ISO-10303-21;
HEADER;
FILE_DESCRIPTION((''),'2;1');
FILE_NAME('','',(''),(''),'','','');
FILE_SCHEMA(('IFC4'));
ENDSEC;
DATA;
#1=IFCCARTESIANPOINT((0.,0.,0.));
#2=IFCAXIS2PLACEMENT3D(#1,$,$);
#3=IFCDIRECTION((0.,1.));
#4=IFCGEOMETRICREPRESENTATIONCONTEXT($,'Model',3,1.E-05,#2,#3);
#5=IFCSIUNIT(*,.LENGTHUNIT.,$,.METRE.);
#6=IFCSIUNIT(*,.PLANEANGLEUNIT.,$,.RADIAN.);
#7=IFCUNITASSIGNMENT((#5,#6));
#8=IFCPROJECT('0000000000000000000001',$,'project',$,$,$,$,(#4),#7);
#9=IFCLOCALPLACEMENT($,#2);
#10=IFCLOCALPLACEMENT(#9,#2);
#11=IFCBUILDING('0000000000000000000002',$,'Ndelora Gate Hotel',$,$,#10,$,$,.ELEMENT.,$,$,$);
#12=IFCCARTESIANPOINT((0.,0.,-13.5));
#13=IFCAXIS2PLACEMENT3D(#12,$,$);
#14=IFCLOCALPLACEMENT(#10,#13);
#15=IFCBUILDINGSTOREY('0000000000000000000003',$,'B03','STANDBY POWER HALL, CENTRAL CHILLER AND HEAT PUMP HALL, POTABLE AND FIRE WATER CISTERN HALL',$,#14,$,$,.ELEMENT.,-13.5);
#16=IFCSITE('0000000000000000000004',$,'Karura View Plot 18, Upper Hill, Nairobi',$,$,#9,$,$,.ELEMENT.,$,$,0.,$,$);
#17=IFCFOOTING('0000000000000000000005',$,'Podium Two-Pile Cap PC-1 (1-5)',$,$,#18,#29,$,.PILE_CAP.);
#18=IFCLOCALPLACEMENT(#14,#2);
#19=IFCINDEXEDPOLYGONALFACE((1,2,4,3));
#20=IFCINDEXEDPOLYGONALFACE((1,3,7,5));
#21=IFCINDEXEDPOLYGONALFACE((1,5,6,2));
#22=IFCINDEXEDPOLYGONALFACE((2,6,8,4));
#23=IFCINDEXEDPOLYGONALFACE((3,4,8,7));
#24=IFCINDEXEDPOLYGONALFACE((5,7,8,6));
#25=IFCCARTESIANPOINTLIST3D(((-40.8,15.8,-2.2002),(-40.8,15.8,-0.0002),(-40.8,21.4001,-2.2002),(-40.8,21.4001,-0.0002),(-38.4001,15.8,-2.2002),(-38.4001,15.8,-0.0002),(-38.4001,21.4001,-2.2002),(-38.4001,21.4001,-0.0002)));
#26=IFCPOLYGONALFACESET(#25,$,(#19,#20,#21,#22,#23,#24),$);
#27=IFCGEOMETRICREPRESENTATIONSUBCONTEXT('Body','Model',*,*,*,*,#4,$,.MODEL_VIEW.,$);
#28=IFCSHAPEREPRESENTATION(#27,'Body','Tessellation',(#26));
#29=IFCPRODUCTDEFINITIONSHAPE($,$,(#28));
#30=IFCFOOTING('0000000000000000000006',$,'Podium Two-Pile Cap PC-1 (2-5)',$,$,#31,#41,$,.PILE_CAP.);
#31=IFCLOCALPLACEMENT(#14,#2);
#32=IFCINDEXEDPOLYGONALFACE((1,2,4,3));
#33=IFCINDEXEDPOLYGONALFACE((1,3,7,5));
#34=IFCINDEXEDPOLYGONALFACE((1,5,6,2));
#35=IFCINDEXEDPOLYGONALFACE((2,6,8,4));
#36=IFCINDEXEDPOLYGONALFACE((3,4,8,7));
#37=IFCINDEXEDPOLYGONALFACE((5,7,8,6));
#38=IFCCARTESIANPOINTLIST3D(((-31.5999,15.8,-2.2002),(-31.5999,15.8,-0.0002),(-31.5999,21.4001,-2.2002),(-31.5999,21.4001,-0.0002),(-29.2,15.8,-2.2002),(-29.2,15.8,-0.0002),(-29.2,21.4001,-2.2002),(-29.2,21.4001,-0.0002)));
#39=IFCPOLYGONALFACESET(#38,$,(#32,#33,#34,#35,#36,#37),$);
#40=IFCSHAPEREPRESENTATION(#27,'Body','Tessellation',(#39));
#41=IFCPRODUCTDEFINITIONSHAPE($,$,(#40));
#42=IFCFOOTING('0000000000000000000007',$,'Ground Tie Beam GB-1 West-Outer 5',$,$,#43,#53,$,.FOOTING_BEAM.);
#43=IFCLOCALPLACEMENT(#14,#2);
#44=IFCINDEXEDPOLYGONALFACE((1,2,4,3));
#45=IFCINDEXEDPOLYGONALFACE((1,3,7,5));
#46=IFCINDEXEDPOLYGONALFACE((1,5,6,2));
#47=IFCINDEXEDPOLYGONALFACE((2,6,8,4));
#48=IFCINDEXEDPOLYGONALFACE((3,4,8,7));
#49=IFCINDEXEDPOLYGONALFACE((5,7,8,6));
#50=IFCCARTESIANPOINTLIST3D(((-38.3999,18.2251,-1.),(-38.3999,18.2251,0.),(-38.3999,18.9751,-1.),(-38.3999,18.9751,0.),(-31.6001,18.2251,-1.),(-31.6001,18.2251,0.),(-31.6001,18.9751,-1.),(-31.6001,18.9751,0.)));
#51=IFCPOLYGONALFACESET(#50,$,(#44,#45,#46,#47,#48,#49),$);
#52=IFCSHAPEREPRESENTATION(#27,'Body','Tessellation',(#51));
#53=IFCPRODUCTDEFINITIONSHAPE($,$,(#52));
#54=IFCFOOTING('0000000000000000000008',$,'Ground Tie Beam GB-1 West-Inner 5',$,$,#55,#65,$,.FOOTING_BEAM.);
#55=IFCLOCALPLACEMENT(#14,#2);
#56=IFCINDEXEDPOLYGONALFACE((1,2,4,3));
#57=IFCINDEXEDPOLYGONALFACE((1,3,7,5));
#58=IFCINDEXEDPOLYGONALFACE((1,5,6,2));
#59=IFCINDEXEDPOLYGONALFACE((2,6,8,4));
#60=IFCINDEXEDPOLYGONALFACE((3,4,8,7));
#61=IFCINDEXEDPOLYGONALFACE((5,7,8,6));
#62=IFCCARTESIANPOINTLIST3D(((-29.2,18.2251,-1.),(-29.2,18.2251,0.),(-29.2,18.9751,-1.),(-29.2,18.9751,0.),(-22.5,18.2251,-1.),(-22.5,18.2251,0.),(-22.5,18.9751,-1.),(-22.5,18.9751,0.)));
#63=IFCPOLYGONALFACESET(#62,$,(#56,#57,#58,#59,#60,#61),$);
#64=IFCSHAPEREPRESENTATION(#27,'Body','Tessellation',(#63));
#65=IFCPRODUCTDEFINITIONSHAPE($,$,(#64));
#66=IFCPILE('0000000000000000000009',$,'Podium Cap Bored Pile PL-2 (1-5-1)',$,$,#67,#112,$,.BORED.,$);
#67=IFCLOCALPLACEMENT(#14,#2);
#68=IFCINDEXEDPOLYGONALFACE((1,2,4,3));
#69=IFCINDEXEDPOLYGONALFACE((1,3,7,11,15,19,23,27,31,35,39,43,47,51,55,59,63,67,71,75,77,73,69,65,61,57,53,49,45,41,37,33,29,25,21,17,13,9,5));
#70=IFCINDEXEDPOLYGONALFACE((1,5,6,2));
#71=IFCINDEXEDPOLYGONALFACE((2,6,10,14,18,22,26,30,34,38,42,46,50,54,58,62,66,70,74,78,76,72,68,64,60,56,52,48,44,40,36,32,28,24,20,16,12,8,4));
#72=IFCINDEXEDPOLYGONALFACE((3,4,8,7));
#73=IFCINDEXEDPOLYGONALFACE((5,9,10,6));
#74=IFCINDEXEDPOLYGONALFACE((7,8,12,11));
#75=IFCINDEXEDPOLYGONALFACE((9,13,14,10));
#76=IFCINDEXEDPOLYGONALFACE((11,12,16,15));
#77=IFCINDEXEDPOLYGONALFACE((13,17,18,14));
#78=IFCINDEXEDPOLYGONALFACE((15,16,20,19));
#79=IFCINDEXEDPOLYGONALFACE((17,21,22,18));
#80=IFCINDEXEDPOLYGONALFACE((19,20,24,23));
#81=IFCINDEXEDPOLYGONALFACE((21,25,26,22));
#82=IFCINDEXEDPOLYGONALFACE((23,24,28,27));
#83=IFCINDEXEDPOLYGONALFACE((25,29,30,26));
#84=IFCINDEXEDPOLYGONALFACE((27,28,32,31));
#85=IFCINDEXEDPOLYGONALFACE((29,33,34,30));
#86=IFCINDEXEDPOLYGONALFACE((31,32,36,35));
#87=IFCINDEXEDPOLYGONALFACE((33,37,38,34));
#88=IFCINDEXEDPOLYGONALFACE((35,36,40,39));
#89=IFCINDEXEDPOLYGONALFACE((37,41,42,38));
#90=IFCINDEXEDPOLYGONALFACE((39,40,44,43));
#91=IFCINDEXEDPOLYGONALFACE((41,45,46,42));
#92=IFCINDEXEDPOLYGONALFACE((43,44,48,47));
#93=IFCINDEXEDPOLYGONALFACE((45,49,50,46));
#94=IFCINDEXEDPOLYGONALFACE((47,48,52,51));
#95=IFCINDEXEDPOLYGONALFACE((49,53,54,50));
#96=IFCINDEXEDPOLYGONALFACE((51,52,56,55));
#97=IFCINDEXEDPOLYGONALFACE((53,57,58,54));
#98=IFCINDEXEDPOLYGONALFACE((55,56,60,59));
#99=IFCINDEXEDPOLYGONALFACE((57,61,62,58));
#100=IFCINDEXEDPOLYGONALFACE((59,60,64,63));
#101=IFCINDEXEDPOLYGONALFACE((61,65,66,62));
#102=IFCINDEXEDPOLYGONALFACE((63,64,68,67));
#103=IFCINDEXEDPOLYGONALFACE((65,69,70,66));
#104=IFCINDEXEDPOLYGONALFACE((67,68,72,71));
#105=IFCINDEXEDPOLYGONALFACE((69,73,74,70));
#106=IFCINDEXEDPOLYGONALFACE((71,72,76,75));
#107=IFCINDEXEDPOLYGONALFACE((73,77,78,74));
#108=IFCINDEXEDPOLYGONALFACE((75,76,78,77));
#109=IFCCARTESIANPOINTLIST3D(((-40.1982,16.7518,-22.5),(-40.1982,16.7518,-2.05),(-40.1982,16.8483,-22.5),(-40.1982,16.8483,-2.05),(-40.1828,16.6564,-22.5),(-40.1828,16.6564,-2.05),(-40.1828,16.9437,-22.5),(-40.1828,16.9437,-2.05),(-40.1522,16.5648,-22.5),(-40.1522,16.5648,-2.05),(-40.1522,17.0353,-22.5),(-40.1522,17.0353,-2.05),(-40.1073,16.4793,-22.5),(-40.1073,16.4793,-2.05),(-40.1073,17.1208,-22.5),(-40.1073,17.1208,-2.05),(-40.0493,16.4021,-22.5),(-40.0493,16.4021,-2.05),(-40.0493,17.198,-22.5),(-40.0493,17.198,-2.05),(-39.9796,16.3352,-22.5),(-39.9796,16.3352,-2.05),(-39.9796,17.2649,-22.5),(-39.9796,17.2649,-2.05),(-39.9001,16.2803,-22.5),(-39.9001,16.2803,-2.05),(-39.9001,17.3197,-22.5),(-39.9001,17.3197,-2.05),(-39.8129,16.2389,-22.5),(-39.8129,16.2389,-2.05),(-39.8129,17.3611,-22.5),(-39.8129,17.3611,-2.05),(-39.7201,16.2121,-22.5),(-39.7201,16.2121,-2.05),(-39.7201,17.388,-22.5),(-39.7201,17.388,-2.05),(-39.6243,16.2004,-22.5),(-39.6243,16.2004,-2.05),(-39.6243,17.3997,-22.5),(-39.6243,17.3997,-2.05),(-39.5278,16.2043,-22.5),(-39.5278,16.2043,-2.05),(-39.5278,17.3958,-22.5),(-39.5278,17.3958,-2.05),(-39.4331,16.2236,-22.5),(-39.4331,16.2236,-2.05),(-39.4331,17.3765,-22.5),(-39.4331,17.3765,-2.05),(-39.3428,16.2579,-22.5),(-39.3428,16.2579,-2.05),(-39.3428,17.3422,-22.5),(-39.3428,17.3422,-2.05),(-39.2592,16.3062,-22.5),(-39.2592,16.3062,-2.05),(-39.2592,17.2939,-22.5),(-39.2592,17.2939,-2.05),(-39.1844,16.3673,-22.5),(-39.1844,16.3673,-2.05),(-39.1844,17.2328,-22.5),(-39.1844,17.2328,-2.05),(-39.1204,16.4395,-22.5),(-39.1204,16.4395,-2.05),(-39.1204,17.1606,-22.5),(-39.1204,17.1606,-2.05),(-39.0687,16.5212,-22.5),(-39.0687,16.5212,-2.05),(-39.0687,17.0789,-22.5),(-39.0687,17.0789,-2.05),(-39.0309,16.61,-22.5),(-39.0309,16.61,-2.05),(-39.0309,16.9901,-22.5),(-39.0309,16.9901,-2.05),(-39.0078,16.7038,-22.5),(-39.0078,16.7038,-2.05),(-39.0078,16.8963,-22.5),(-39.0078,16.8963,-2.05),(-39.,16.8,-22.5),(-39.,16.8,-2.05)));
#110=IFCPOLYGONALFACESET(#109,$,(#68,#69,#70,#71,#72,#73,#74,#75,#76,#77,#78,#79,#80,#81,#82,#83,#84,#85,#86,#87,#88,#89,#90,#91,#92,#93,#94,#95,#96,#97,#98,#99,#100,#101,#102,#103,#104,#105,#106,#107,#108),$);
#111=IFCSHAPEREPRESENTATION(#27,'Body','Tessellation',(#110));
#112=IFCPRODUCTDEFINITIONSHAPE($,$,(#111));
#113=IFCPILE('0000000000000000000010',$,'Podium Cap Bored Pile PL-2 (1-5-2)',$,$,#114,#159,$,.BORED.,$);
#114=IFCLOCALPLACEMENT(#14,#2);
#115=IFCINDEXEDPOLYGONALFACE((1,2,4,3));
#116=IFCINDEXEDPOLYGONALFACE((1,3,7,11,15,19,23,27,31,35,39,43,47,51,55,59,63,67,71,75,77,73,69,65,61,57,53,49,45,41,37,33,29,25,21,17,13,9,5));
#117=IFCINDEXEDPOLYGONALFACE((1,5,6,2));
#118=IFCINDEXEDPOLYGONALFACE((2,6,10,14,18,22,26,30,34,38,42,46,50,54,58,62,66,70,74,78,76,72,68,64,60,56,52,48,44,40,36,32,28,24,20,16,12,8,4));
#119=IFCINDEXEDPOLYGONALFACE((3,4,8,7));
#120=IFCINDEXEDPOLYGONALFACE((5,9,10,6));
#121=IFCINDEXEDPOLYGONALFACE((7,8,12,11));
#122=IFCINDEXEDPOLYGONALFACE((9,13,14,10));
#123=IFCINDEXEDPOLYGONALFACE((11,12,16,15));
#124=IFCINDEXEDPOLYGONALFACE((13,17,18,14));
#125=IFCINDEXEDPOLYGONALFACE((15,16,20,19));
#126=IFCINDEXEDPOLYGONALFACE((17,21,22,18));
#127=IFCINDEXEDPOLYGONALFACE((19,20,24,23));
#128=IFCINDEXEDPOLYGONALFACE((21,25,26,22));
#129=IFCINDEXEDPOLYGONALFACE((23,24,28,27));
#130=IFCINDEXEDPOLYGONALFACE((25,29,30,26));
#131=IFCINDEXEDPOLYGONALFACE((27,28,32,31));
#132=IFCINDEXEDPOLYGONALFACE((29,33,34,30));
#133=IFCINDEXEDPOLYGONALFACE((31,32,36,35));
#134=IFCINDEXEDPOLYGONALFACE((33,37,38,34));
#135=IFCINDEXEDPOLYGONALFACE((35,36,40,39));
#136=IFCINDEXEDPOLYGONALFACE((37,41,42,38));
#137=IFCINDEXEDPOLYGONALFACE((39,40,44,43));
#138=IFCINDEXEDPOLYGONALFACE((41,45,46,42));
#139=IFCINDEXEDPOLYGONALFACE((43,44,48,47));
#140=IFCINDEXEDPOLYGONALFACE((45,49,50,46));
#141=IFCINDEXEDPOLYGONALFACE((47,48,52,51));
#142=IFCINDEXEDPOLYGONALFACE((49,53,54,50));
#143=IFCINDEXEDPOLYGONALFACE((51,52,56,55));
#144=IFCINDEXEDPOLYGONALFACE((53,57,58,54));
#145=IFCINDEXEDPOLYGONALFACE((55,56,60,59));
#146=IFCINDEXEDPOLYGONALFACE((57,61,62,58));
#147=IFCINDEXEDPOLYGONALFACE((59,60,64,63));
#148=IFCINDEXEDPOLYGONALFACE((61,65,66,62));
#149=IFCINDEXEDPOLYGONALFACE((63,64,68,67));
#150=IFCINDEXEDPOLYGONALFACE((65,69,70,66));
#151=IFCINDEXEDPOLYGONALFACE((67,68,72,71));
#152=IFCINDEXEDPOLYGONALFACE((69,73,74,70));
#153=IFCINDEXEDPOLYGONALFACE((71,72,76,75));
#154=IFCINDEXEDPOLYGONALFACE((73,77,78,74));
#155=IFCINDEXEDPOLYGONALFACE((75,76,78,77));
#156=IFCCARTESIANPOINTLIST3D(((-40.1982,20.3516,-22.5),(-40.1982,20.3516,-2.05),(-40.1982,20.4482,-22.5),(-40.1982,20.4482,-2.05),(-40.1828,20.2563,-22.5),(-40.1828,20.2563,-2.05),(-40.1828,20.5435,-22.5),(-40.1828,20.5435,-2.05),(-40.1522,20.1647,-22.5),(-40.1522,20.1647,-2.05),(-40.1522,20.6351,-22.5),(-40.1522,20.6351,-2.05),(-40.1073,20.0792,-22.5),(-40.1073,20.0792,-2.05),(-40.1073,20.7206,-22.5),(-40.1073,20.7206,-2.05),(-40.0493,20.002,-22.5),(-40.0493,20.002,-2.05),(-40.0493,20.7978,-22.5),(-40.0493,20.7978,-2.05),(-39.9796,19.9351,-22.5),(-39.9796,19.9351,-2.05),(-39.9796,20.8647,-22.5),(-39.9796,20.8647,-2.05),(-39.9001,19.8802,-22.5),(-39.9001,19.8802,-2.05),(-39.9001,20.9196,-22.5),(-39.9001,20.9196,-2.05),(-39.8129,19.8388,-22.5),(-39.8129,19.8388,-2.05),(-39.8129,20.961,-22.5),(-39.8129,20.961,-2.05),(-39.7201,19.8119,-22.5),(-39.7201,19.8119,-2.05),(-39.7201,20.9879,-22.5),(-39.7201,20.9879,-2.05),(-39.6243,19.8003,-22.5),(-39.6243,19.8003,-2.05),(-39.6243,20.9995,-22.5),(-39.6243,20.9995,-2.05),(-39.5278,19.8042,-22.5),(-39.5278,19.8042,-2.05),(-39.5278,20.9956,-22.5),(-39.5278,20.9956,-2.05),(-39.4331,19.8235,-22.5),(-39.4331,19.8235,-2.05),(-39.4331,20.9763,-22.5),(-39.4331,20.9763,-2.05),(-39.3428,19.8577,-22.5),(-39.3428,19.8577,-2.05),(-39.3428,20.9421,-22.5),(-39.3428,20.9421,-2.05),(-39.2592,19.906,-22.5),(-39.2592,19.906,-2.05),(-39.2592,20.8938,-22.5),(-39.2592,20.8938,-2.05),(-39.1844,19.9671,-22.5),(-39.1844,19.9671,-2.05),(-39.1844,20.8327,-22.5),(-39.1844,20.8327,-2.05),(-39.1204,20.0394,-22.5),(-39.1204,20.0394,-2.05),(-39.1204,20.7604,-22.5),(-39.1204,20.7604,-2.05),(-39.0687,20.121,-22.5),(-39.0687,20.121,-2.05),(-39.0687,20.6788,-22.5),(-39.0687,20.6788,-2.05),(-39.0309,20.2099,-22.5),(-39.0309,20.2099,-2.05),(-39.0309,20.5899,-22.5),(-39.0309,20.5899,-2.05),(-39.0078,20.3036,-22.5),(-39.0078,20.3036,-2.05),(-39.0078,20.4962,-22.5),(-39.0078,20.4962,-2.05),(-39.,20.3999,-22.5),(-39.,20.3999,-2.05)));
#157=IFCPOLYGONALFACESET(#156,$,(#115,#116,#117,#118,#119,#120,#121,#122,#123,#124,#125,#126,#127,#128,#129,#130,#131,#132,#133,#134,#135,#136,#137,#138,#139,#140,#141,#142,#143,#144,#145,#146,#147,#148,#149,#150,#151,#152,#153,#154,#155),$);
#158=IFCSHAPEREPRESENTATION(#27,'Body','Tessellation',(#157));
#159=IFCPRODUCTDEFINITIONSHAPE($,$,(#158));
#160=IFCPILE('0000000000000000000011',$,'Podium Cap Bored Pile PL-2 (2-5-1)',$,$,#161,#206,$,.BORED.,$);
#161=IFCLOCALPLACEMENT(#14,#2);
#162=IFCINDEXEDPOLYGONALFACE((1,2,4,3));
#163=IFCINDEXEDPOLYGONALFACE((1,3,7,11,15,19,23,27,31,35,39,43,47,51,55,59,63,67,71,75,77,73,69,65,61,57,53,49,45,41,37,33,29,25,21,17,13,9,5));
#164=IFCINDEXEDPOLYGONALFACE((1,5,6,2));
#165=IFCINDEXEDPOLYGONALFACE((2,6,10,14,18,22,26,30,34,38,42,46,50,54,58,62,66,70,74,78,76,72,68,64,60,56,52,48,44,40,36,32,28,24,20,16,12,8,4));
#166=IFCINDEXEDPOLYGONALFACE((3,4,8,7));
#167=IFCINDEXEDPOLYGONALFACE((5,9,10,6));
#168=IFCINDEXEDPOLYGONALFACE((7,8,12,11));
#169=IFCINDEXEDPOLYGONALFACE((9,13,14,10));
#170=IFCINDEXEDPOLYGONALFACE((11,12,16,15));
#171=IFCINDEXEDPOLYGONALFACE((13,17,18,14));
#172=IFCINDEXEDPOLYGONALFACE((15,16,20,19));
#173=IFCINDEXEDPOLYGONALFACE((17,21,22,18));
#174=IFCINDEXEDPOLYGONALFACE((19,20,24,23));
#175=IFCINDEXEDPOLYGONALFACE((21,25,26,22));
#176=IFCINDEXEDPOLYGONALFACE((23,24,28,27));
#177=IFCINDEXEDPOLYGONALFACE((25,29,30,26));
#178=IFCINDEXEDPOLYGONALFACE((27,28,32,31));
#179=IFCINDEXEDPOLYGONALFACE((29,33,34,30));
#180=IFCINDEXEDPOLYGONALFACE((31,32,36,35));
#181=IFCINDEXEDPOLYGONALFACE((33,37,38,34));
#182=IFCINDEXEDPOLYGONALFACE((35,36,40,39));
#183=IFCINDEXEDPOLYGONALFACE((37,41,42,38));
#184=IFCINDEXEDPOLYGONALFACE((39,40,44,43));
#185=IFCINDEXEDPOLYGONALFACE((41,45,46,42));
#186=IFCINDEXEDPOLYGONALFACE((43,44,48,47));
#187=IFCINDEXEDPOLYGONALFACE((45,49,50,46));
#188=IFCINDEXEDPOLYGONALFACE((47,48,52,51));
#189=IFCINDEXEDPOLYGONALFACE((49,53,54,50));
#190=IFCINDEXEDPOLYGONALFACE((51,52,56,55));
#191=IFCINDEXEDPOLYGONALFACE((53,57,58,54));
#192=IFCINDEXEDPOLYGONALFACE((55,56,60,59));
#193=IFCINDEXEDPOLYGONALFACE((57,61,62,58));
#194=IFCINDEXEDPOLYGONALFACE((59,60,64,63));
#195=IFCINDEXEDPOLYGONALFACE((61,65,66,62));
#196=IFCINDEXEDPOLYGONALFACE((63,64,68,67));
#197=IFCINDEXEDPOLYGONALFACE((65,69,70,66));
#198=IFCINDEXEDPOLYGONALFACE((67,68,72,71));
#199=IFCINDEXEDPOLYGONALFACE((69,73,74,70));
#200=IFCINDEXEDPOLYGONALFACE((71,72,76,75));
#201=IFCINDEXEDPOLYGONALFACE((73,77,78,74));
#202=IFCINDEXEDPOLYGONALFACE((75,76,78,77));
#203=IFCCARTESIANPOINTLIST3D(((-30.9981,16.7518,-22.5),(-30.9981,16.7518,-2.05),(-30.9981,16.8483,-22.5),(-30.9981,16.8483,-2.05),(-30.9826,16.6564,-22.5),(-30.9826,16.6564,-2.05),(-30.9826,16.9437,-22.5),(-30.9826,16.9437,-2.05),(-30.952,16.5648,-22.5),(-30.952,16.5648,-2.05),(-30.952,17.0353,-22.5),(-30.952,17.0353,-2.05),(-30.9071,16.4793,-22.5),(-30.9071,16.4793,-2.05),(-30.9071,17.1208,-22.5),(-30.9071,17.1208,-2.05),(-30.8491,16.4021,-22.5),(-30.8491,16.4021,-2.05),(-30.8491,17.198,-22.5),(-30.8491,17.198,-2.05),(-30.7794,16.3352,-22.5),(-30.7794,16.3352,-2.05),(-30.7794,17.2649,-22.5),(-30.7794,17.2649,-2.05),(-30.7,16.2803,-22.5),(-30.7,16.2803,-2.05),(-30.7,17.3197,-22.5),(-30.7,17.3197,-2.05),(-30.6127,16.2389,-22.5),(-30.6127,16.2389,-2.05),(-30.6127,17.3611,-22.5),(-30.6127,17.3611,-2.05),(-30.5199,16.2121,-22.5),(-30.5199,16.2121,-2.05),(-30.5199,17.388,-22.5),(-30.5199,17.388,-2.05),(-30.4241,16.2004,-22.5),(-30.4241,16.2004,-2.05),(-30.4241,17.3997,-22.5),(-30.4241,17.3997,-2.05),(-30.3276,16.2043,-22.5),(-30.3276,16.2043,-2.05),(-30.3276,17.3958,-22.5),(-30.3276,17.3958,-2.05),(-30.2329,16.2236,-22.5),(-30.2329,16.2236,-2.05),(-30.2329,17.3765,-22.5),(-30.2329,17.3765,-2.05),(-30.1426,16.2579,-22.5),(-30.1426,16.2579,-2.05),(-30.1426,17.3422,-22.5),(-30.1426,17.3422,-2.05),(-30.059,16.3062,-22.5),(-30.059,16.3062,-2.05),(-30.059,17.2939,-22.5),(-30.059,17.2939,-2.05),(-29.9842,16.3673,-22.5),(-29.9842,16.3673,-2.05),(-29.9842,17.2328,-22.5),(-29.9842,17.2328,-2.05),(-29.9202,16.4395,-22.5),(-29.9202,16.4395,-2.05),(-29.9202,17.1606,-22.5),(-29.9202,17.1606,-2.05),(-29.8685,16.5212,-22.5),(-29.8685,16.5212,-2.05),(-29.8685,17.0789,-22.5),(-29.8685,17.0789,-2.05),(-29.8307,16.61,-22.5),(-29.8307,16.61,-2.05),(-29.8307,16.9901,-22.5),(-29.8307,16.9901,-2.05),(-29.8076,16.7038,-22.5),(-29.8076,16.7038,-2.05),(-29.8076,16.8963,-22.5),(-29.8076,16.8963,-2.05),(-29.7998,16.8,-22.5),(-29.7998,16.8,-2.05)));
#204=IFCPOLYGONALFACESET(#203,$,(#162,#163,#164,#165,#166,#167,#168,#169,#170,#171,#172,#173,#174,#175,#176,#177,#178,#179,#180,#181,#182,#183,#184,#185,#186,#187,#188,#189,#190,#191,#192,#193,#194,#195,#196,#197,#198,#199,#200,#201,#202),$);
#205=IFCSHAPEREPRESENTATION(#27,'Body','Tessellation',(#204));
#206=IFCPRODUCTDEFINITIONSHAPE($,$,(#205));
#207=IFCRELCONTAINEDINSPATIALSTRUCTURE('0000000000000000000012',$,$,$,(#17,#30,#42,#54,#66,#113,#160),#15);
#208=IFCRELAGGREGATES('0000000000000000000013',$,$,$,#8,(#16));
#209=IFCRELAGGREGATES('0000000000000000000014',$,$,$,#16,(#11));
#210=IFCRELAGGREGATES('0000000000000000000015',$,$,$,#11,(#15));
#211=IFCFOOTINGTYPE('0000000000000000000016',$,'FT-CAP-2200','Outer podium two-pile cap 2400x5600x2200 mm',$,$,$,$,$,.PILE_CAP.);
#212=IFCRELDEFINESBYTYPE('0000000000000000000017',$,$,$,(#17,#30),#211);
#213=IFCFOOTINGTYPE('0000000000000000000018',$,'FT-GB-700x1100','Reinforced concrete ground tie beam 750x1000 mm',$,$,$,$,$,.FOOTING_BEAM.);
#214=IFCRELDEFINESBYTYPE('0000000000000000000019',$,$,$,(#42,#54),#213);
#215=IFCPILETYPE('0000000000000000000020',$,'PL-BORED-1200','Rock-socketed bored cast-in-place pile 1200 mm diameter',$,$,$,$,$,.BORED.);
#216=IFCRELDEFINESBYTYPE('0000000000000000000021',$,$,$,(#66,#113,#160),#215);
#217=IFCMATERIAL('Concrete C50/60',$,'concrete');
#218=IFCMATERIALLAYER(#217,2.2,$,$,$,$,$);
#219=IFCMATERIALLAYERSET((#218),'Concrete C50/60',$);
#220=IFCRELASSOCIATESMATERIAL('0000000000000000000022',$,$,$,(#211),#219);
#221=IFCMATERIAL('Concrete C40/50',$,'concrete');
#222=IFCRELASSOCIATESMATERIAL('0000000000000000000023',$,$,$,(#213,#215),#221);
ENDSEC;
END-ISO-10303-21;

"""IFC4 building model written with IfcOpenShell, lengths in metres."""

from ifc_helpers import new_model, si_unit, direction, frame, origin, origin_2d, place, context, subcontext, project, spatial, rectangle, circle, extrude, material, layer, layer_set, material_profile, profile_set, type_object, element, save


model = new_model("IFC4")

# Units and contexts
model_context = context("Model", 3, precision=1e-05, world=origin(), true_north=direction((0.0, 1.0)))
body_context = subcontext(model_context, "Body", "Model", "MODEL_VIEW")
ifc_project = project(units=[si_unit("LENGTHUNIT", "METRE"), si_unit("PLANEANGLEUNIT", "RADIAN")], contexts=[model_context])

# Site, building, storey
site_placement = place(None, origin())
site = spatial("IfcSite", under=ifc_project, at=site_placement, Name="Karura View Plot 18, Upper Hill, Nairobi", CompositionType="ELEMENT", RefElevation=0.0)
building_placement = place(site_placement, origin())
building = spatial("IfcBuilding", under=site, at=building_placement, Name="Ndelora Gate Hotel", CompositionType="ELEMENT")
storey_placement = place(building_placement, frame((0.0, 0.0, -13.5)))
storey = spatial("IfcBuildingStorey", under=building, at=storey_placement, Name="B03", Description="STANDBY POWER HALL, CENTRAL CHILLER AND HEAT PUMP HALL, POTABLE AND FIRE WATER CISTERN HALL", CompositionType="ELEMENT", Elevation=-13.5)

# Footings
ifc_material_1 = material(Name="Concrete C50/60", Category="concrete")
ifc_layer_1 = layer(ifc_material_1, 2.2)
ifc_layer_set_1 = layer_set([ifc_layer_1], Name="Concrete C50/60")
footing_type_1 = type_object("IfcFootingType", Name="FT-CAP-2200", Description="Outer podium two-pile cap 2400x5600x2200 mm", PredefinedType="PILE_CAP", material=ifc_layer_set_1)
for number, where, z_axis, x_axis, name in (
    (1, (-39.6001, 18.6001, -2.2002), (0.0, 0.0, 1.0), (1.0, 0.0, 0.0), "Podium Two-Pile Cap PC-1 (1-5)"),
    (2, (-30.3999, 18.6001, -2.2002), (0.0, 0.0, 1.0), (1.0, 0.0, 0.0), "Podium Two-Pile Cap PC-1 (2-5)"),
):
    element("IfcFooting", number, at=place(storey_placement, frame(where, z_axis=z_axis, x_axis=x_axis)), inside=storey, type_object=footing_type_1, Name=name, PredefinedType="PILE_CAP", context=body_context, shape_type="SweptSolid", body=[
        extrude(rectangle(XDim=2.3999, YDim=5.6001, at=origin_2d()), origin(), (0.0, 0.0, 1.0), 2.2),
    ])
ifc_material_2 = material(Name="Concrete C40/50", Category="concrete")
ifc_material_profile_1 = material_profile(ifc_material_2, rectangle(XDim=0.75, YDim=1.0, at=origin_2d()), Name="RCB 750x1000")
ifc_profile_set_1 = profile_set([ifc_material_profile_1], Name="Concrete C40/50")
footing_type_2 = type_object("IfcFootingType", Name="FT-GB-700x1100", Description="Reinforced concrete ground tie beam 750x1000 mm", PredefinedType="FOOTING_BEAM", material=ifc_profile_set_1)
footing_1_placement = place(storey_placement, frame((-38.3999, 18.6001, -0.5), z_axis=(1.0, 0.0, 0.0), x_axis=(0.0, 1.0, 0.0)))
element("IfcFooting", 3, at=footing_1_placement, inside=storey, type_object=footing_type_2, Name="Ground Tie Beam GB-1 West-Outer 5", PredefinedType="FOOTING_BEAM", context=body_context, shape_type="SweptSolid", body=[
    extrude(rectangle(XDim=0.75, YDim=1.0, at=origin_2d()), origin(), (0.0, 0.0, 1.0), 6.7998),
])
footing_2_placement = place(storey_placement, frame((-29.2, 18.6001, -0.5), z_axis=(1.0, 0.0, 0.0), x_axis=(0.0, 1.0, 0.0)))
element("IfcFooting", 4, at=footing_2_placement, inside=storey, type_object=footing_type_2, Name="Ground Tie Beam GB-1 West-Inner 5", PredefinedType="FOOTING_BEAM", context=body_context, shape_type="SweptSolid", body=[
    extrude(rectangle(XDim=0.75, YDim=1.0, at=origin_2d()), origin(), (0.0, 0.0, 1.0), 6.7),
])

# Piles
ifc_material_profile_2 = material_profile(ifc_material_2, circle(Radius=0.6001, at=origin_2d()), Name="PILE D1200")
ifc_profile_set_2 = profile_set([ifc_material_profile_2], Name="Concrete C40/50")
pile_type_1 = type_object("IfcPileType", Name="PL-BORED-1200", Description="Rock-socketed bored cast-in-place pile 1200 mm diameter", PredefinedType="BORED", material=ifc_profile_set_2)
for number, where, z_axis, x_axis, name in (
    (5, (-39.6001, 16.8, -2.05), (0.0, 0.0, -1.0), (1.0, 0.0, 0.0), "Podium Cap Bored Pile PL-2 (1-5-1)"),
    (6, (-39.6001, 20.3999, -2.05), (0.0, 0.0, -1.0), (1.0, 0.0, 0.0), "Podium Cap Bored Pile PL-2 (1-5-2)"),
    (7, (-30.3999, 16.8, -2.05), (0.0, 0.0, -1.0), (1.0, 0.0, 0.0), "Podium Cap Bored Pile PL-2 (2-5-1)"),
):
    element("IfcPile", number, at=place(storey_placement, frame(where, z_axis=z_axis, x_axis=x_axis)), inside=storey, type_object=pile_type_1, Name=name, PredefinedType="BORED", context=body_context, shape_type="SweptSolid", body=[
        extrude(circle(Radius=0.6001, at=origin_2d()), origin(), (0.0, 0.0, 1.0), 20.45),
    ])

save(model, "model.ifc")
